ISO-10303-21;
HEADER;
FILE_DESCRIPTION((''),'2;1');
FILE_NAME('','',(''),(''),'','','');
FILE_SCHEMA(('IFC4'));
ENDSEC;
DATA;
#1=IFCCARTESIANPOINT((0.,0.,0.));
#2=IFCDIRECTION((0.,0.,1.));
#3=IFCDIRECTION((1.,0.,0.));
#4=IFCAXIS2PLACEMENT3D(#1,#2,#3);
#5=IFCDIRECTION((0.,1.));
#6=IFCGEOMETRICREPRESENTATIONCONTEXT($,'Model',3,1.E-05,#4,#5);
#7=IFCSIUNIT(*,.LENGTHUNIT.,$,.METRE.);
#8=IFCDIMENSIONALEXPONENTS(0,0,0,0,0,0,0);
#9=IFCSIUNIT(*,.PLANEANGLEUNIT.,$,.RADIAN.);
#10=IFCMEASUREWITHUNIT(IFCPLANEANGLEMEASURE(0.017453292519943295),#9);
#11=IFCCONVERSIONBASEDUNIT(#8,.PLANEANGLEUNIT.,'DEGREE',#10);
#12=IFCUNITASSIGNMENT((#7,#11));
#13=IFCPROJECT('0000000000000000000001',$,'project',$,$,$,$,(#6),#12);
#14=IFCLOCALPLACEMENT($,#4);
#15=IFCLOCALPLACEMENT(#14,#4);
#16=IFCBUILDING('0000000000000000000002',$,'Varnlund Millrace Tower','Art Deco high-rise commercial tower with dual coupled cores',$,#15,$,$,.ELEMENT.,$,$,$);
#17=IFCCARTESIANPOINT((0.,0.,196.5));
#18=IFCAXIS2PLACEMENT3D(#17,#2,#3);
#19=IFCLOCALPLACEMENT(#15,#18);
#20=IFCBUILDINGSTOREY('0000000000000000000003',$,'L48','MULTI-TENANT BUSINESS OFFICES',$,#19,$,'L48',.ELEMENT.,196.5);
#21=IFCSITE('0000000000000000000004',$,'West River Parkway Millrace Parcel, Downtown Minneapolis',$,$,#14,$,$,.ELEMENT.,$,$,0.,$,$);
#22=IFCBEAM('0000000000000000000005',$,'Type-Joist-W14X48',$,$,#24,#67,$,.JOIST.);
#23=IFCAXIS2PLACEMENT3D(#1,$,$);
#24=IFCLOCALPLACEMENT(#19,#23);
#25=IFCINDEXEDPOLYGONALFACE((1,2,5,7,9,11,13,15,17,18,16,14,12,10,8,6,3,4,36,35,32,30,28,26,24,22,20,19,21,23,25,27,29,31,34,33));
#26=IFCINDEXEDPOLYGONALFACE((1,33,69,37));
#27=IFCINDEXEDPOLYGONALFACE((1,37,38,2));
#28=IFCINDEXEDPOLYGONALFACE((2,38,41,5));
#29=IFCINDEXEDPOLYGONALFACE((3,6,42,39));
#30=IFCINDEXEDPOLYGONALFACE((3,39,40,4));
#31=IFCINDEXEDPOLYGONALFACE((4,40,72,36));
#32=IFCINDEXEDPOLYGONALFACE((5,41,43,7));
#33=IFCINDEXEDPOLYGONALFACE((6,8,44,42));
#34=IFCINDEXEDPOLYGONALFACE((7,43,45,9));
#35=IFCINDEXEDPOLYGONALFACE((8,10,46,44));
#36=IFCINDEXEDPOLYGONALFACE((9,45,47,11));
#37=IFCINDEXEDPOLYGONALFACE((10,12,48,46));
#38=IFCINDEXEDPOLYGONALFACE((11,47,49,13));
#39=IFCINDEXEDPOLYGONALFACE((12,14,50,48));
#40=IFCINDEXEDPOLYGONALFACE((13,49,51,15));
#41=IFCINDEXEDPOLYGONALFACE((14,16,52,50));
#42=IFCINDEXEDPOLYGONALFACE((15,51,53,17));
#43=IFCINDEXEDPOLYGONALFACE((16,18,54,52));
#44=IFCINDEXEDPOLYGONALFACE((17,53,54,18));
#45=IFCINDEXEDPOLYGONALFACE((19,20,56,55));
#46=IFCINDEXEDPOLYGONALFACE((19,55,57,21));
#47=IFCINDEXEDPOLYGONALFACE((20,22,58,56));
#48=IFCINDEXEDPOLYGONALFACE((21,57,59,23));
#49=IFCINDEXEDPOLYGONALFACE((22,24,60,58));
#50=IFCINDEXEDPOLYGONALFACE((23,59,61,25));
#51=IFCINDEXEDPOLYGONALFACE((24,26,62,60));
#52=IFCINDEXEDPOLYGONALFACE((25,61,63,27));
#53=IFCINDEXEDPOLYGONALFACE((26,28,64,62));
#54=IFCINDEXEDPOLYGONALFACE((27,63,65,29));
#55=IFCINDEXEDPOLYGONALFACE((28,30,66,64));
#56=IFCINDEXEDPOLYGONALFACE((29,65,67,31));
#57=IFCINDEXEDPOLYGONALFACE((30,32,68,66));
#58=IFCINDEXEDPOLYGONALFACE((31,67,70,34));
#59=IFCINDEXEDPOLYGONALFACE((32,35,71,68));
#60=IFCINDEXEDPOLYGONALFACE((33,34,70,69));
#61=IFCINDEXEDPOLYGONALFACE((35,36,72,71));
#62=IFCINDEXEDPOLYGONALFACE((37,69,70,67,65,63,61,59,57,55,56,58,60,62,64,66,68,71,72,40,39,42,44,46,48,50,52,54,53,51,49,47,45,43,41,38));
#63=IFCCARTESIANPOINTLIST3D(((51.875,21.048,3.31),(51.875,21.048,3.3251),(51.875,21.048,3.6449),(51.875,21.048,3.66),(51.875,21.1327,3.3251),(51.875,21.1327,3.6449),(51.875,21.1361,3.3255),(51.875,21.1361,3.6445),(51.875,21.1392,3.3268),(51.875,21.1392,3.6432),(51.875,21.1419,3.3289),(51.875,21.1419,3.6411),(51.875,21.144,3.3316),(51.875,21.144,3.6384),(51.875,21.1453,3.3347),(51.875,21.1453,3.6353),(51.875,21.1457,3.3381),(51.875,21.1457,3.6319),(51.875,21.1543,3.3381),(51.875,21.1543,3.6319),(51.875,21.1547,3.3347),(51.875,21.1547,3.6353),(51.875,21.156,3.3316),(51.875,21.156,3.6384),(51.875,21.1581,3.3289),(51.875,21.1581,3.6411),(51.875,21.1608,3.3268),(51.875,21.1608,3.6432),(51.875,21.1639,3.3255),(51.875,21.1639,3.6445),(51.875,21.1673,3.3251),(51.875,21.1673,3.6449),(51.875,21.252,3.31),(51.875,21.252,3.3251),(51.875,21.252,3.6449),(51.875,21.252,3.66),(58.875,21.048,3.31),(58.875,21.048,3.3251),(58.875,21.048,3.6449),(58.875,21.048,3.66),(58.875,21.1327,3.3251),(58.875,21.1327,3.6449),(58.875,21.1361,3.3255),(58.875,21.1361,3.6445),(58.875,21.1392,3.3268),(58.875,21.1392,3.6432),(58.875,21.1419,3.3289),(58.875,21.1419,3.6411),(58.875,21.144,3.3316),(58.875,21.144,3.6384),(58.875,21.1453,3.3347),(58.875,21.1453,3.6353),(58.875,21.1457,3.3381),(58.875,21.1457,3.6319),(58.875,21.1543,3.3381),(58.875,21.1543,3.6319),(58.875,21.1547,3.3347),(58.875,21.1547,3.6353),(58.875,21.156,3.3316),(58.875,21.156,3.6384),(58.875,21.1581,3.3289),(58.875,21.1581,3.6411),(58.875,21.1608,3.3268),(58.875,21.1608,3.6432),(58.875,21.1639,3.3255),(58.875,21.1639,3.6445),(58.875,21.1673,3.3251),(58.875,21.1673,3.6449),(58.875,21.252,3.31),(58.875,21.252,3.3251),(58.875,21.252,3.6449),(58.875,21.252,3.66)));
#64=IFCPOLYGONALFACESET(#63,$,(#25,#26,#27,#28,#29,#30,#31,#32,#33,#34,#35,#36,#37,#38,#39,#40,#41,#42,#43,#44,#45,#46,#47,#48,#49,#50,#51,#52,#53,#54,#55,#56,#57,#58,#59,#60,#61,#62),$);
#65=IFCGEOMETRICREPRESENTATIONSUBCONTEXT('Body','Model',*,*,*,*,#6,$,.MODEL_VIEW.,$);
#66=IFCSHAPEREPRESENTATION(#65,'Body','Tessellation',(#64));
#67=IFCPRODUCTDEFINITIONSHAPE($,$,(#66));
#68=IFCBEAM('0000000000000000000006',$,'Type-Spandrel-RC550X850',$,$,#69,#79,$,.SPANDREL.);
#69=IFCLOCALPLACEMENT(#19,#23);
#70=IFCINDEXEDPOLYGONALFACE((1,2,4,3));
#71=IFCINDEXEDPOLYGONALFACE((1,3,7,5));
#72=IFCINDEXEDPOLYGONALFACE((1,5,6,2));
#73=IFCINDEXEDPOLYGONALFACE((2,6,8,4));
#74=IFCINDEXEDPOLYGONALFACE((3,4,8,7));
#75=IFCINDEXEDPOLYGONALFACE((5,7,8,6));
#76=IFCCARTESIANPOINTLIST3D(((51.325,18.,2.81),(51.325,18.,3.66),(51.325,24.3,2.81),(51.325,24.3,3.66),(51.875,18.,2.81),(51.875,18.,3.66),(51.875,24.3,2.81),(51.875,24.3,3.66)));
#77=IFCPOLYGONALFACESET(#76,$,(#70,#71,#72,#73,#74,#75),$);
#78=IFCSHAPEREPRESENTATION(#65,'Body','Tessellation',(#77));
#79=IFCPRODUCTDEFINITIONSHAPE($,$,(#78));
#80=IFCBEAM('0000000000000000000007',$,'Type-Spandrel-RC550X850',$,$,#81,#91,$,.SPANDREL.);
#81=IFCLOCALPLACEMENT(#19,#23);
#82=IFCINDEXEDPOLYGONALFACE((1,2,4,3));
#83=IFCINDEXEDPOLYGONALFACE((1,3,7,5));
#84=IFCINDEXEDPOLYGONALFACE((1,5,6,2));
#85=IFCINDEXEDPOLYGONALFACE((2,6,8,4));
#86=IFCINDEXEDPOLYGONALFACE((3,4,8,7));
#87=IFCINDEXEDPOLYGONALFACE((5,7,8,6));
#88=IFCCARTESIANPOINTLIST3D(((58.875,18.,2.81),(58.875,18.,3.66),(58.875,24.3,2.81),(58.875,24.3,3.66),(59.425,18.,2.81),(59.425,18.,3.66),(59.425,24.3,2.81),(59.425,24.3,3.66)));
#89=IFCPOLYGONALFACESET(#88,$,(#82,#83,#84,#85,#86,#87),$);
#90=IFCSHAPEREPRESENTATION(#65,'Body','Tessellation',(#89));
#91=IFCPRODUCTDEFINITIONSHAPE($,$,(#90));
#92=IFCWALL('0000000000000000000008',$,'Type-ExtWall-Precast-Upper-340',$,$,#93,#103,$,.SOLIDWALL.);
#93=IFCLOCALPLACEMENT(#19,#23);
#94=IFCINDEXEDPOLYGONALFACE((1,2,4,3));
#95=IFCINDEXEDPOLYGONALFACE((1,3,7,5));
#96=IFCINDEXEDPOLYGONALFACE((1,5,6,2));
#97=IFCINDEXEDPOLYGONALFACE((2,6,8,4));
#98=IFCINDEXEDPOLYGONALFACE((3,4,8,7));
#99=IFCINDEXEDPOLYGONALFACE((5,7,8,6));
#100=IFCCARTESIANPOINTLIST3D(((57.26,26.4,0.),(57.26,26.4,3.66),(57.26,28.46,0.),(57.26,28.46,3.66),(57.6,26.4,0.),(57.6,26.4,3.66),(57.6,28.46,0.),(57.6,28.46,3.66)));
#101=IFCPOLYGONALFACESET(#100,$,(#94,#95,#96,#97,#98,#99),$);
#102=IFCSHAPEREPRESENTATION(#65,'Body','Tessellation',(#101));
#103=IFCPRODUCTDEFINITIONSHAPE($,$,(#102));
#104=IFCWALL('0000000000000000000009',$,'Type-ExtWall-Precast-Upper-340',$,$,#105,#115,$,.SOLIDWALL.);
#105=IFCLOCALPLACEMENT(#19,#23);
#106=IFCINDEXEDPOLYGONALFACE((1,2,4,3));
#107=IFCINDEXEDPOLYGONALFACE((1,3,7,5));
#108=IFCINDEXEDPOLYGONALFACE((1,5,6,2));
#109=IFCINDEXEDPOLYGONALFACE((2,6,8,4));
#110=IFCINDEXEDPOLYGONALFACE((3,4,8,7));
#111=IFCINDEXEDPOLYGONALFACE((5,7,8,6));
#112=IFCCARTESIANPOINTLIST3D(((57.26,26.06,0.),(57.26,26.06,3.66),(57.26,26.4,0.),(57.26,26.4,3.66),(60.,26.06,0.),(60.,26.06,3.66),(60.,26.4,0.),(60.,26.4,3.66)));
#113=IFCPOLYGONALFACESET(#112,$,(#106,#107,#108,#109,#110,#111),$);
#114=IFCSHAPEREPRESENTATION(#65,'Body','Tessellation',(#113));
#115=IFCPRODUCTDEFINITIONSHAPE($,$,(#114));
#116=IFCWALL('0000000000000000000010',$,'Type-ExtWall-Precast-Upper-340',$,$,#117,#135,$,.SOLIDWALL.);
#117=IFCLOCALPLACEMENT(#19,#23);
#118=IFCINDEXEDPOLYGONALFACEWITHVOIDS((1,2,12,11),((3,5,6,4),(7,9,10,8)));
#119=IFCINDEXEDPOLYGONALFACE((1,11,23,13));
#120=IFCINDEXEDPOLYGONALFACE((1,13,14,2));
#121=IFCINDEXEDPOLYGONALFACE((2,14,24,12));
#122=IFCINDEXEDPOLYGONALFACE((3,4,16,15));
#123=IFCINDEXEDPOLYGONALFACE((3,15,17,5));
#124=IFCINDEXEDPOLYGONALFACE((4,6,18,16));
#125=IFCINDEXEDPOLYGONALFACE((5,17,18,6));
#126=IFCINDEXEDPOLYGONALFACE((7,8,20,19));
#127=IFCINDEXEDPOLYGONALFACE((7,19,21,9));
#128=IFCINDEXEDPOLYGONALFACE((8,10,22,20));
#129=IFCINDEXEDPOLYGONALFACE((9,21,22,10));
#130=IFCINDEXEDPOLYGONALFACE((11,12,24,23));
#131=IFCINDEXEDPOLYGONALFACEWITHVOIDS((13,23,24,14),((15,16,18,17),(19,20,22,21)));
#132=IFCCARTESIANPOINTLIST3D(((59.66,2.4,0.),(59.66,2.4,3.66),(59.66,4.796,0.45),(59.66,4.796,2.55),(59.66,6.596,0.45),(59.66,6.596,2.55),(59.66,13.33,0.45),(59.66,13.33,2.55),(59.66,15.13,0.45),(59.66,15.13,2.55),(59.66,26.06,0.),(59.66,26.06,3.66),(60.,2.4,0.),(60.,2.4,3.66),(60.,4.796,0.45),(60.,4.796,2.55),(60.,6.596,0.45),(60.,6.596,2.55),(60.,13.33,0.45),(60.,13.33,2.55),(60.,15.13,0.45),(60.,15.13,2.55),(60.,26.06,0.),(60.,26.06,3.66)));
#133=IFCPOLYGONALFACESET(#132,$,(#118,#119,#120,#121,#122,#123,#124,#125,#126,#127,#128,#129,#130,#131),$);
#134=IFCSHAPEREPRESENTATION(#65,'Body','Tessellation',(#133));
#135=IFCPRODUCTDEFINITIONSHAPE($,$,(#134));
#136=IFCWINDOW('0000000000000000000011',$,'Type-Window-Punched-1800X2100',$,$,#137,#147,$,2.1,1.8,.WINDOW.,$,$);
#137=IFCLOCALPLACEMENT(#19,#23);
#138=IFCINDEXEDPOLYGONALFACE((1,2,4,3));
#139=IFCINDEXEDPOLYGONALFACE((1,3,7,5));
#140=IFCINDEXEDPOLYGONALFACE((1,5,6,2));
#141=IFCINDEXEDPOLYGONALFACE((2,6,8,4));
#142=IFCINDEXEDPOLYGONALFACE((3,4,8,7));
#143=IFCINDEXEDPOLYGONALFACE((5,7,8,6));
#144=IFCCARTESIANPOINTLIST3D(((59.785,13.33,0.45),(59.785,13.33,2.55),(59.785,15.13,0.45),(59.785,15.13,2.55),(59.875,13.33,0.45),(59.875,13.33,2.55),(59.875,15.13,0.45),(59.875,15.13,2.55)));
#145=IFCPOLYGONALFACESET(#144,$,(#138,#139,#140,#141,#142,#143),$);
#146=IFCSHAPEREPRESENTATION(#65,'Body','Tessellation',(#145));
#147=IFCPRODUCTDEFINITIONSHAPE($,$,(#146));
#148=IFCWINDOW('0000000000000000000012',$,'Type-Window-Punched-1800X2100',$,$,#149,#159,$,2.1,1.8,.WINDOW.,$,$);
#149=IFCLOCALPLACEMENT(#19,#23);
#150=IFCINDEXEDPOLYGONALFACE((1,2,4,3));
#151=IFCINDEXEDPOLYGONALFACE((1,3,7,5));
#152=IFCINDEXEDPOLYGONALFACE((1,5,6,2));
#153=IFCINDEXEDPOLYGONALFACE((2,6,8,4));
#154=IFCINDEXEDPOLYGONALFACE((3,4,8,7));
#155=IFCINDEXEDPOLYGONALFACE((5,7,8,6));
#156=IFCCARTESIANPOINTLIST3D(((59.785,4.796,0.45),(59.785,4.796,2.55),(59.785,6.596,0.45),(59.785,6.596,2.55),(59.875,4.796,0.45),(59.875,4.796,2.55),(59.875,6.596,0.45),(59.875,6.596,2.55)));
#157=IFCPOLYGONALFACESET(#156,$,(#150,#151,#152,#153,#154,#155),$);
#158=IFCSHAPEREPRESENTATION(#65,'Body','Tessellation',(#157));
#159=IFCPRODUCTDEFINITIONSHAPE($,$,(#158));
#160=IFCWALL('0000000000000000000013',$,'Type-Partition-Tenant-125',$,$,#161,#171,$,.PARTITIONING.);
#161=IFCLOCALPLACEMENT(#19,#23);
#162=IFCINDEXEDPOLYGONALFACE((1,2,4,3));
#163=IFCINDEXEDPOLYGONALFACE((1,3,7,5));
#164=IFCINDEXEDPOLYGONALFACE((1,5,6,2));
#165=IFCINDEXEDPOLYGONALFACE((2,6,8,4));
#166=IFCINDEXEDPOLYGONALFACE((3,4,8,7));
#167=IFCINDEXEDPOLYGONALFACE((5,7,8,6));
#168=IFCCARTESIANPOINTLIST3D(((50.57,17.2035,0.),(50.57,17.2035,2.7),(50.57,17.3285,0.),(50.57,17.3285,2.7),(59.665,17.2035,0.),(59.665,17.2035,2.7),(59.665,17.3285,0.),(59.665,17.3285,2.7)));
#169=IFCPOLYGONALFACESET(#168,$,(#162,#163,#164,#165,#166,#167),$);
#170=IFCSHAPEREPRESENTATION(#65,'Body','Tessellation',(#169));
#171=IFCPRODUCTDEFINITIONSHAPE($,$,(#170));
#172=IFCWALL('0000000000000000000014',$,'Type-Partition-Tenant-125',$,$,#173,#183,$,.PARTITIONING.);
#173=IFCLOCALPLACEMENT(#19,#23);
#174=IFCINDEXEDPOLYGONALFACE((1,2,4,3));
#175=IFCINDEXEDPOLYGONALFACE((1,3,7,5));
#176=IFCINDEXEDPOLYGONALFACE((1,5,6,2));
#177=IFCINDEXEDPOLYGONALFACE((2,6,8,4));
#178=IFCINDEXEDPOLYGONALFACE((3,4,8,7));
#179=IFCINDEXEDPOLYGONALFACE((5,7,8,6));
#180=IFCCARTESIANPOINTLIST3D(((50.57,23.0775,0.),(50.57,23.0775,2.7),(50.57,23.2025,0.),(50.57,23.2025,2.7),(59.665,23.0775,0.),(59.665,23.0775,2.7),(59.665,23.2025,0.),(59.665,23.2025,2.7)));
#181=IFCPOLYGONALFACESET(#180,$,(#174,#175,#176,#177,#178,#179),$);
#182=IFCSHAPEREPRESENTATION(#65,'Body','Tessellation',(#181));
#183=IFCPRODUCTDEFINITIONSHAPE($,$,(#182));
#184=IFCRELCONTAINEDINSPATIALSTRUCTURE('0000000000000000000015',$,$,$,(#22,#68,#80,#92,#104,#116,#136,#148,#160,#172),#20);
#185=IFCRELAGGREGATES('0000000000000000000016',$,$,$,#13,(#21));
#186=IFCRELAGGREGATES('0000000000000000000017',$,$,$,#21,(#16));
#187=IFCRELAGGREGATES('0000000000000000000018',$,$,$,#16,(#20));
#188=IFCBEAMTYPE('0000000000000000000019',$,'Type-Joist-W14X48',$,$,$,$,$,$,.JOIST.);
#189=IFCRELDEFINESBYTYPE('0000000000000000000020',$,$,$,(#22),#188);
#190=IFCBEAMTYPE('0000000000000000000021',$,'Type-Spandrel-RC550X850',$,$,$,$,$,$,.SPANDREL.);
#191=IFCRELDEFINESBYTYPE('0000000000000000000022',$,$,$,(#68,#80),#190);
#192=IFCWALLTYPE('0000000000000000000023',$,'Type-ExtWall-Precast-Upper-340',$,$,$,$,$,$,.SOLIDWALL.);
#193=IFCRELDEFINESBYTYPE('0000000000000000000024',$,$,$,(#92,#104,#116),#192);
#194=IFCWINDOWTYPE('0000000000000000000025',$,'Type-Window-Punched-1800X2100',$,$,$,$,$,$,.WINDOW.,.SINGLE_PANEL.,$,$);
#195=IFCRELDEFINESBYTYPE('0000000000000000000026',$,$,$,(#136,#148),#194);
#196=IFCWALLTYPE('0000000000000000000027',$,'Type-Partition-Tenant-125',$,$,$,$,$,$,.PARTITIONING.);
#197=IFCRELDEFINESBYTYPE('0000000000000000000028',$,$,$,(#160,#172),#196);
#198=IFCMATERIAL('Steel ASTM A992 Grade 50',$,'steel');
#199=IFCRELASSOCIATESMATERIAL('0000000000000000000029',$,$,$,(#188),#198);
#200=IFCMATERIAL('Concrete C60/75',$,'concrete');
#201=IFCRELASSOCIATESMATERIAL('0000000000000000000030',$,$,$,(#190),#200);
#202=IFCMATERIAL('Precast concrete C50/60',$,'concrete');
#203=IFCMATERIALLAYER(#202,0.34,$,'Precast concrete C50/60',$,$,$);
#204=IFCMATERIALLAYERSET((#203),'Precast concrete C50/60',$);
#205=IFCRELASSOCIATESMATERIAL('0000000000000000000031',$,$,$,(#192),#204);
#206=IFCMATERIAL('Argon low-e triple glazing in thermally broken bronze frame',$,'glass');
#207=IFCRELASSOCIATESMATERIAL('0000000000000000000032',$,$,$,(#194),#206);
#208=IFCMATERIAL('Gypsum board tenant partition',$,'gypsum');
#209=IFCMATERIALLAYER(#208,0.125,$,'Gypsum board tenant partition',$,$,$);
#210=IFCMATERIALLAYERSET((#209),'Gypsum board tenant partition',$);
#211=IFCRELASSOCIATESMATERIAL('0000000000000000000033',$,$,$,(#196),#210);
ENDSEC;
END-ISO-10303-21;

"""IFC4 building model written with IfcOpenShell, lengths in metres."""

from ifc_helpers import new_model, entity, si_unit, converted_unit, direction, frame, origin_with_axes, origin_2d_with_axis, place, context, subcontext, project, spatial, polyline, rectangle, i_section, outline, extrude, material, layer, layer_set, material_profile, profile_set, type_object, element, fill, save


model = new_model("IFC4")

# Units and contexts
model_context = context("Model", 3, precision=1e-05, world=origin_with_axes(), true_north=direction((0.0, 1.0)))
body_context = subcontext(model_context, "Body", "Model", "MODEL_VIEW")
ifc_project = project(units=[si_unit("LENGTHUNIT", "METRE"), converted_unit("PLANEANGLEUNIT", "DEGREE", entity("IfcPlaneAngleMeasure", 0.017453292519943295), si_unit("PLANEANGLEUNIT", "RADIAN"), dimensions=[0, 0, 0, 0, 0, 0, 0])], contexts=[model_context])

# Site, building, storey
site_placement = place(None, origin_with_axes())
site = spatial("IfcSite", under=ifc_project, at=site_placement, Name="West River Parkway Millrace Parcel, Downtown Minneapolis", CompositionType="ELEMENT", RefElevation=0.0)
building_placement = place(site_placement, origin_with_axes())
building = spatial("IfcBuilding", under=site, at=building_placement, Name="Varnlund Millrace Tower", Description="Art Deco high-rise commercial tower with dual coupled cores", CompositionType="ELEMENT")
storey_placement = place(building_placement, frame((0.0, 0.0, 196.5), z_axis=(0.0, 0.0, 1.0), x_axis=(1.0, 0.0, 0.0)))
storey = spatial("IfcBuildingStorey", under=building, at=storey_placement, Name="L48", Description="MULTI-TENANT BUSINESS OFFICES", LongName="L48", CompositionType="ELEMENT", Elevation=196.5)

# Beams
ifc_material_1 = material(Name="Steel ASTM A992 Grade 50", Category="steel")
ifc_material_profile_1 = material_profile(ifc_material_1, i_section(OverallWidth=0.204, OverallDepth=0.35, WebThickness=0.0086, FlangeThickness=0.0151, FilletRadius=0.013, at=origin_2d_with_axis()), Name="Steel ASTM A992 Grade 50")
ifc_profile_set_1 = profile_set([ifc_material_profile_1], Name="Steel ASTM A992 Grade 50")
beam_type_1 = type_object("IfcBeamType", Name="Type-Joist-W14X48", PredefinedType="JOIST", material=ifc_profile_set_1)
for number, where, z_axis, x_axis, name in (
    (1, (51.875, 21.15, 3.485), (1.0, 0.0, 0.0), (0.0, 1.0, 0.0), "Type-Joist-W14X48"),
):
    element("IfcBeam", number, at=place(storey_placement, frame(where, z_axis=z_axis, x_axis=x_axis)), inside=storey, type_object=beam_type_1, Name=name, PredefinedType="JOIST", context=body_context, shape_type="SweptSolid", body=[
        extrude(i_section(OverallWidth=0.204, OverallDepth=0.35, WebThickness=0.0086, FlangeThickness=0.0151, FilletRadius=0.013, at=origin_2d_with_axis()), origin_with_axes(), (0.0, 0.0, 1.0), 7.0),
    ])
ifc_material_2 = material(Name="Concrete C60/75", Category="concrete")
ifc_material_profile_2 = material_profile(ifc_material_2, rectangle(XDim=0.55, YDim=0.85, at=origin_2d_with_axis()), Name="Concrete C60/75")
ifc_profile_set_2 = profile_set([ifc_material_profile_2], Name="Concrete C60/75")
beam_type_2 = type_object("IfcBeamType", Name="Type-Spandrel-RC550X850", PredefinedType="SPANDREL", material=ifc_profile_set_2)
for number, where, z_axis, x_axis, name in (
    (2, (51.6, 18.0, 3.235), (0.0, 1.0, 0.0), (-1.0, 0.0, 0.0), "Type-Spandrel-RC550X850"),
    (3, (59.15, 18.0, 3.235), (0.0, 1.0, 0.0), (-1.0, 0.0, 0.0), "Type-Spandrel-RC550X850"),
):
    element("IfcBeam", number, at=place(storey_placement, frame(where, z_axis=z_axis, x_axis=x_axis)), inside=storey, type_object=beam_type_2, Name=name, PredefinedType="SPANDREL", context=body_context, shape_type="SweptSolid", body=[
        extrude(rectangle(XDim=0.55, YDim=0.85, at=origin_2d_with_axis()), origin_with_axes(), (0.0, 0.0, 1.0), 6.3),
    ])

# Walls
ifc_material_3 = material(Name="Precast concrete C50/60", Category="concrete")
ifc_layer_1 = layer(ifc_material_3, 0.34, Name="Precast concrete C50/60")
ifc_layer_set_1 = layer_set([ifc_layer_1], Name="Precast concrete C50/60")
wall_type_1 = type_object("IfcWallType", Name="Type-ExtWall-Precast-Upper-340", PredefinedType="SOLIDWALL", material=ifc_layer_set_1)
wall_1_placement = place(storey_placement, frame((57.43, 28.46, 0.0), z_axis=(0.0, 0.0, 1.0), x_axis=(0.0, -1.0, 0.0)))
element("IfcWall", 4, at=wall_1_placement, inside=storey, type_object=wall_type_1, Name="Type-ExtWall-Precast-Upper-340", PredefinedType="SOLIDWALL", context=body_context, shape_type="SweptSolid", body=[
    extrude(outline(polyline([(0.0, -0.17), (2.06, -0.17), (2.06, 0.17), (0.0, 0.17), (0.0, -0.17)])), origin_with_axes(), (0.0, 0.0, 1.0), 3.66),
])
wall_2_placement = place(storey_placement, frame((57.26, 26.23, 0.0), z_axis=(0.0, 0.0, 1.0), x_axis=(1.0, 0.0, 0.0)))
element("IfcWall", 5, at=wall_2_placement, inside=storey, type_object=wall_type_1, Name="Type-ExtWall-Precast-Upper-340", PredefinedType="SOLIDWALL", context=body_context, shape_type="SweptSolid", body=[
    extrude(outline(polyline([(0.0, -0.17), (2.74, -0.17), (2.74, 0.17), (0.0, 0.17), (0.0, -0.17)])), origin_with_axes(), (0.0, 0.0, 1.0), 3.66),
])

# Wall, openings, windows
wall_3_placement = place(storey_placement, frame((59.83, 26.06, 0.0), z_axis=(0.0, 0.0, 1.0), x_axis=(0.0, -1.0, 0.0)))
wall_3 = element("IfcWall", 6, at=wall_3_placement, inside=storey, type_object=wall_type_1, Name="Type-ExtWall-Precast-Upper-340", PredefinedType="SOLIDWALL", context=body_context, shape_type="SweptSolid", body=[
    extrude(outline(polyline([(0.0, -0.17), (23.66, -0.17), (23.66, 0.17), (0.0, 0.17), (0.0, -0.17)])), origin_with_axes(), (0.0, 0.0, 1.0), 3.66),
])
opening_1_placement = place(wall_3_placement, frame((11.83, 0.0, 0.45), z_axis=(0.0, 0.0, 1.0), x_axis=(1.0, 0.0, 0.0)))
opening_1 = element("IfcOpeningElement", 7, at=opening_1_placement, cuts=wall_3, PredefinedType="OPENING", context=body_context, shape_type="SweptSolid", body=[
    extrude(rectangle(XDim=1.8, YDim=0.36, at=origin_2d_with_axis()), origin_with_axes(), (0.0, 0.0, 1.0), 2.1),
])
opening_2_placement = place(wall_3_placement, frame((20.364, 0.0, 0.45), z_axis=(0.0, 0.0, 1.0), x_axis=(1.0, 0.0, 0.0)))
opening_2 = element("IfcOpeningElement", 8, at=opening_2_placement, cuts=wall_3, PredefinedType="OPENING", context=body_context, shape_type="SweptSolid", body=[
    extrude(rectangle(XDim=1.8, YDim=0.36, at=origin_2d_with_axis()), origin_with_axes(), (0.0, 0.0, 1.0), 2.1),
])
ifc_material_4 = material(Name="Argon low-e triple glazing in thermally broken bronze frame", Category="glass")
window_type = type_object("IfcWindowType", Name="Type-Window-Punched-1800X2100", PartitioningType="SINGLE_PANEL", PredefinedType="WINDOW", material=ifc_material_4)
window_1_placement = place(wall_3_placement, frame((11.83, 0.0, 0.45), z_axis=(0.0, 0.0, 1.0), x_axis=(1.0, 0.0, 0.0)))
window_1 = element("IfcWindow", 9, at=window_1_placement, inside=storey, type_object=window_type, Name="Type-Window-Punched-1800X2100", OverallHeight=2.1, OverallWidth=1.8, PredefinedType="WINDOW", context=body_context, shape_type="SweptSolid", body=[
    extrude(rectangle(XDim=1.8, YDim=0.09, at=origin_2d_with_axis()), origin_with_axes(), (0.0, 0.0, 1.0), 2.1),
])
fill(opening_1, window_1)
window_2_placement = place(wall_3_placement, frame((20.364, 0.0, 0.45), z_axis=(0.0, 0.0, 1.0), x_axis=(1.0, 0.0, 0.0)))
window_2 = element("IfcWindow", 10, at=window_2_placement, inside=storey, type_object=window_type, Name="Type-Window-Punched-1800X2100", OverallHeight=2.1, OverallWidth=1.8, PredefinedType="WINDOW", context=body_context, shape_type="SweptSolid", body=[
    extrude(rectangle(XDim=1.8, YDim=0.09, at=origin_2d_with_axis()), origin_with_axes(), (0.0, 0.0, 1.0), 2.1),
])
fill(opening_2, window_2)

# Walls
ifc_material_5 = material(Name="Gypsum board tenant partition", Category="gypsum")
ifc_layer_2 = layer(ifc_material_5, 0.125, Name="Gypsum board tenant partition")
ifc_layer_set_2 = layer_set([ifc_layer_2], Name="Gypsum board tenant partition")
wall_type_2 = type_object("IfcWallType", Name="Type-Partition-Tenant-125", PredefinedType="PARTITIONING", material=ifc_layer_set_2)
for number, where, z_axis, x_axis, name in (
    (11, (50.57, 17.266, 0.0), (0.0, 0.0, 1.0), (1.0, 0.0, 0.0), "Type-Partition-Tenant-125"),
    (12, (50.57, 23.14, 0.0), (0.0, 0.0, 1.0), (1.0, 0.0, 0.0), "Type-Partition-Tenant-125"),
):
    element("IfcWall", number, at=place(storey_placement, frame(where, z_axis=z_axis, x_axis=x_axis)), inside=storey, type_object=wall_type_2, Name=name, PredefinedType="PARTITIONING", context=body_context, shape_type="SweptSolid", body=[
        extrude(outline(polyline([(0.0, -0.0625), (9.095, -0.0625), (9.095, 0.0625), (0.0, 0.0625), (0.0, -0.0625)])), origin_with_axes(), (0.0, 0.0, 1.0), 2.7),
    ])

save(model, "model.ifc")
